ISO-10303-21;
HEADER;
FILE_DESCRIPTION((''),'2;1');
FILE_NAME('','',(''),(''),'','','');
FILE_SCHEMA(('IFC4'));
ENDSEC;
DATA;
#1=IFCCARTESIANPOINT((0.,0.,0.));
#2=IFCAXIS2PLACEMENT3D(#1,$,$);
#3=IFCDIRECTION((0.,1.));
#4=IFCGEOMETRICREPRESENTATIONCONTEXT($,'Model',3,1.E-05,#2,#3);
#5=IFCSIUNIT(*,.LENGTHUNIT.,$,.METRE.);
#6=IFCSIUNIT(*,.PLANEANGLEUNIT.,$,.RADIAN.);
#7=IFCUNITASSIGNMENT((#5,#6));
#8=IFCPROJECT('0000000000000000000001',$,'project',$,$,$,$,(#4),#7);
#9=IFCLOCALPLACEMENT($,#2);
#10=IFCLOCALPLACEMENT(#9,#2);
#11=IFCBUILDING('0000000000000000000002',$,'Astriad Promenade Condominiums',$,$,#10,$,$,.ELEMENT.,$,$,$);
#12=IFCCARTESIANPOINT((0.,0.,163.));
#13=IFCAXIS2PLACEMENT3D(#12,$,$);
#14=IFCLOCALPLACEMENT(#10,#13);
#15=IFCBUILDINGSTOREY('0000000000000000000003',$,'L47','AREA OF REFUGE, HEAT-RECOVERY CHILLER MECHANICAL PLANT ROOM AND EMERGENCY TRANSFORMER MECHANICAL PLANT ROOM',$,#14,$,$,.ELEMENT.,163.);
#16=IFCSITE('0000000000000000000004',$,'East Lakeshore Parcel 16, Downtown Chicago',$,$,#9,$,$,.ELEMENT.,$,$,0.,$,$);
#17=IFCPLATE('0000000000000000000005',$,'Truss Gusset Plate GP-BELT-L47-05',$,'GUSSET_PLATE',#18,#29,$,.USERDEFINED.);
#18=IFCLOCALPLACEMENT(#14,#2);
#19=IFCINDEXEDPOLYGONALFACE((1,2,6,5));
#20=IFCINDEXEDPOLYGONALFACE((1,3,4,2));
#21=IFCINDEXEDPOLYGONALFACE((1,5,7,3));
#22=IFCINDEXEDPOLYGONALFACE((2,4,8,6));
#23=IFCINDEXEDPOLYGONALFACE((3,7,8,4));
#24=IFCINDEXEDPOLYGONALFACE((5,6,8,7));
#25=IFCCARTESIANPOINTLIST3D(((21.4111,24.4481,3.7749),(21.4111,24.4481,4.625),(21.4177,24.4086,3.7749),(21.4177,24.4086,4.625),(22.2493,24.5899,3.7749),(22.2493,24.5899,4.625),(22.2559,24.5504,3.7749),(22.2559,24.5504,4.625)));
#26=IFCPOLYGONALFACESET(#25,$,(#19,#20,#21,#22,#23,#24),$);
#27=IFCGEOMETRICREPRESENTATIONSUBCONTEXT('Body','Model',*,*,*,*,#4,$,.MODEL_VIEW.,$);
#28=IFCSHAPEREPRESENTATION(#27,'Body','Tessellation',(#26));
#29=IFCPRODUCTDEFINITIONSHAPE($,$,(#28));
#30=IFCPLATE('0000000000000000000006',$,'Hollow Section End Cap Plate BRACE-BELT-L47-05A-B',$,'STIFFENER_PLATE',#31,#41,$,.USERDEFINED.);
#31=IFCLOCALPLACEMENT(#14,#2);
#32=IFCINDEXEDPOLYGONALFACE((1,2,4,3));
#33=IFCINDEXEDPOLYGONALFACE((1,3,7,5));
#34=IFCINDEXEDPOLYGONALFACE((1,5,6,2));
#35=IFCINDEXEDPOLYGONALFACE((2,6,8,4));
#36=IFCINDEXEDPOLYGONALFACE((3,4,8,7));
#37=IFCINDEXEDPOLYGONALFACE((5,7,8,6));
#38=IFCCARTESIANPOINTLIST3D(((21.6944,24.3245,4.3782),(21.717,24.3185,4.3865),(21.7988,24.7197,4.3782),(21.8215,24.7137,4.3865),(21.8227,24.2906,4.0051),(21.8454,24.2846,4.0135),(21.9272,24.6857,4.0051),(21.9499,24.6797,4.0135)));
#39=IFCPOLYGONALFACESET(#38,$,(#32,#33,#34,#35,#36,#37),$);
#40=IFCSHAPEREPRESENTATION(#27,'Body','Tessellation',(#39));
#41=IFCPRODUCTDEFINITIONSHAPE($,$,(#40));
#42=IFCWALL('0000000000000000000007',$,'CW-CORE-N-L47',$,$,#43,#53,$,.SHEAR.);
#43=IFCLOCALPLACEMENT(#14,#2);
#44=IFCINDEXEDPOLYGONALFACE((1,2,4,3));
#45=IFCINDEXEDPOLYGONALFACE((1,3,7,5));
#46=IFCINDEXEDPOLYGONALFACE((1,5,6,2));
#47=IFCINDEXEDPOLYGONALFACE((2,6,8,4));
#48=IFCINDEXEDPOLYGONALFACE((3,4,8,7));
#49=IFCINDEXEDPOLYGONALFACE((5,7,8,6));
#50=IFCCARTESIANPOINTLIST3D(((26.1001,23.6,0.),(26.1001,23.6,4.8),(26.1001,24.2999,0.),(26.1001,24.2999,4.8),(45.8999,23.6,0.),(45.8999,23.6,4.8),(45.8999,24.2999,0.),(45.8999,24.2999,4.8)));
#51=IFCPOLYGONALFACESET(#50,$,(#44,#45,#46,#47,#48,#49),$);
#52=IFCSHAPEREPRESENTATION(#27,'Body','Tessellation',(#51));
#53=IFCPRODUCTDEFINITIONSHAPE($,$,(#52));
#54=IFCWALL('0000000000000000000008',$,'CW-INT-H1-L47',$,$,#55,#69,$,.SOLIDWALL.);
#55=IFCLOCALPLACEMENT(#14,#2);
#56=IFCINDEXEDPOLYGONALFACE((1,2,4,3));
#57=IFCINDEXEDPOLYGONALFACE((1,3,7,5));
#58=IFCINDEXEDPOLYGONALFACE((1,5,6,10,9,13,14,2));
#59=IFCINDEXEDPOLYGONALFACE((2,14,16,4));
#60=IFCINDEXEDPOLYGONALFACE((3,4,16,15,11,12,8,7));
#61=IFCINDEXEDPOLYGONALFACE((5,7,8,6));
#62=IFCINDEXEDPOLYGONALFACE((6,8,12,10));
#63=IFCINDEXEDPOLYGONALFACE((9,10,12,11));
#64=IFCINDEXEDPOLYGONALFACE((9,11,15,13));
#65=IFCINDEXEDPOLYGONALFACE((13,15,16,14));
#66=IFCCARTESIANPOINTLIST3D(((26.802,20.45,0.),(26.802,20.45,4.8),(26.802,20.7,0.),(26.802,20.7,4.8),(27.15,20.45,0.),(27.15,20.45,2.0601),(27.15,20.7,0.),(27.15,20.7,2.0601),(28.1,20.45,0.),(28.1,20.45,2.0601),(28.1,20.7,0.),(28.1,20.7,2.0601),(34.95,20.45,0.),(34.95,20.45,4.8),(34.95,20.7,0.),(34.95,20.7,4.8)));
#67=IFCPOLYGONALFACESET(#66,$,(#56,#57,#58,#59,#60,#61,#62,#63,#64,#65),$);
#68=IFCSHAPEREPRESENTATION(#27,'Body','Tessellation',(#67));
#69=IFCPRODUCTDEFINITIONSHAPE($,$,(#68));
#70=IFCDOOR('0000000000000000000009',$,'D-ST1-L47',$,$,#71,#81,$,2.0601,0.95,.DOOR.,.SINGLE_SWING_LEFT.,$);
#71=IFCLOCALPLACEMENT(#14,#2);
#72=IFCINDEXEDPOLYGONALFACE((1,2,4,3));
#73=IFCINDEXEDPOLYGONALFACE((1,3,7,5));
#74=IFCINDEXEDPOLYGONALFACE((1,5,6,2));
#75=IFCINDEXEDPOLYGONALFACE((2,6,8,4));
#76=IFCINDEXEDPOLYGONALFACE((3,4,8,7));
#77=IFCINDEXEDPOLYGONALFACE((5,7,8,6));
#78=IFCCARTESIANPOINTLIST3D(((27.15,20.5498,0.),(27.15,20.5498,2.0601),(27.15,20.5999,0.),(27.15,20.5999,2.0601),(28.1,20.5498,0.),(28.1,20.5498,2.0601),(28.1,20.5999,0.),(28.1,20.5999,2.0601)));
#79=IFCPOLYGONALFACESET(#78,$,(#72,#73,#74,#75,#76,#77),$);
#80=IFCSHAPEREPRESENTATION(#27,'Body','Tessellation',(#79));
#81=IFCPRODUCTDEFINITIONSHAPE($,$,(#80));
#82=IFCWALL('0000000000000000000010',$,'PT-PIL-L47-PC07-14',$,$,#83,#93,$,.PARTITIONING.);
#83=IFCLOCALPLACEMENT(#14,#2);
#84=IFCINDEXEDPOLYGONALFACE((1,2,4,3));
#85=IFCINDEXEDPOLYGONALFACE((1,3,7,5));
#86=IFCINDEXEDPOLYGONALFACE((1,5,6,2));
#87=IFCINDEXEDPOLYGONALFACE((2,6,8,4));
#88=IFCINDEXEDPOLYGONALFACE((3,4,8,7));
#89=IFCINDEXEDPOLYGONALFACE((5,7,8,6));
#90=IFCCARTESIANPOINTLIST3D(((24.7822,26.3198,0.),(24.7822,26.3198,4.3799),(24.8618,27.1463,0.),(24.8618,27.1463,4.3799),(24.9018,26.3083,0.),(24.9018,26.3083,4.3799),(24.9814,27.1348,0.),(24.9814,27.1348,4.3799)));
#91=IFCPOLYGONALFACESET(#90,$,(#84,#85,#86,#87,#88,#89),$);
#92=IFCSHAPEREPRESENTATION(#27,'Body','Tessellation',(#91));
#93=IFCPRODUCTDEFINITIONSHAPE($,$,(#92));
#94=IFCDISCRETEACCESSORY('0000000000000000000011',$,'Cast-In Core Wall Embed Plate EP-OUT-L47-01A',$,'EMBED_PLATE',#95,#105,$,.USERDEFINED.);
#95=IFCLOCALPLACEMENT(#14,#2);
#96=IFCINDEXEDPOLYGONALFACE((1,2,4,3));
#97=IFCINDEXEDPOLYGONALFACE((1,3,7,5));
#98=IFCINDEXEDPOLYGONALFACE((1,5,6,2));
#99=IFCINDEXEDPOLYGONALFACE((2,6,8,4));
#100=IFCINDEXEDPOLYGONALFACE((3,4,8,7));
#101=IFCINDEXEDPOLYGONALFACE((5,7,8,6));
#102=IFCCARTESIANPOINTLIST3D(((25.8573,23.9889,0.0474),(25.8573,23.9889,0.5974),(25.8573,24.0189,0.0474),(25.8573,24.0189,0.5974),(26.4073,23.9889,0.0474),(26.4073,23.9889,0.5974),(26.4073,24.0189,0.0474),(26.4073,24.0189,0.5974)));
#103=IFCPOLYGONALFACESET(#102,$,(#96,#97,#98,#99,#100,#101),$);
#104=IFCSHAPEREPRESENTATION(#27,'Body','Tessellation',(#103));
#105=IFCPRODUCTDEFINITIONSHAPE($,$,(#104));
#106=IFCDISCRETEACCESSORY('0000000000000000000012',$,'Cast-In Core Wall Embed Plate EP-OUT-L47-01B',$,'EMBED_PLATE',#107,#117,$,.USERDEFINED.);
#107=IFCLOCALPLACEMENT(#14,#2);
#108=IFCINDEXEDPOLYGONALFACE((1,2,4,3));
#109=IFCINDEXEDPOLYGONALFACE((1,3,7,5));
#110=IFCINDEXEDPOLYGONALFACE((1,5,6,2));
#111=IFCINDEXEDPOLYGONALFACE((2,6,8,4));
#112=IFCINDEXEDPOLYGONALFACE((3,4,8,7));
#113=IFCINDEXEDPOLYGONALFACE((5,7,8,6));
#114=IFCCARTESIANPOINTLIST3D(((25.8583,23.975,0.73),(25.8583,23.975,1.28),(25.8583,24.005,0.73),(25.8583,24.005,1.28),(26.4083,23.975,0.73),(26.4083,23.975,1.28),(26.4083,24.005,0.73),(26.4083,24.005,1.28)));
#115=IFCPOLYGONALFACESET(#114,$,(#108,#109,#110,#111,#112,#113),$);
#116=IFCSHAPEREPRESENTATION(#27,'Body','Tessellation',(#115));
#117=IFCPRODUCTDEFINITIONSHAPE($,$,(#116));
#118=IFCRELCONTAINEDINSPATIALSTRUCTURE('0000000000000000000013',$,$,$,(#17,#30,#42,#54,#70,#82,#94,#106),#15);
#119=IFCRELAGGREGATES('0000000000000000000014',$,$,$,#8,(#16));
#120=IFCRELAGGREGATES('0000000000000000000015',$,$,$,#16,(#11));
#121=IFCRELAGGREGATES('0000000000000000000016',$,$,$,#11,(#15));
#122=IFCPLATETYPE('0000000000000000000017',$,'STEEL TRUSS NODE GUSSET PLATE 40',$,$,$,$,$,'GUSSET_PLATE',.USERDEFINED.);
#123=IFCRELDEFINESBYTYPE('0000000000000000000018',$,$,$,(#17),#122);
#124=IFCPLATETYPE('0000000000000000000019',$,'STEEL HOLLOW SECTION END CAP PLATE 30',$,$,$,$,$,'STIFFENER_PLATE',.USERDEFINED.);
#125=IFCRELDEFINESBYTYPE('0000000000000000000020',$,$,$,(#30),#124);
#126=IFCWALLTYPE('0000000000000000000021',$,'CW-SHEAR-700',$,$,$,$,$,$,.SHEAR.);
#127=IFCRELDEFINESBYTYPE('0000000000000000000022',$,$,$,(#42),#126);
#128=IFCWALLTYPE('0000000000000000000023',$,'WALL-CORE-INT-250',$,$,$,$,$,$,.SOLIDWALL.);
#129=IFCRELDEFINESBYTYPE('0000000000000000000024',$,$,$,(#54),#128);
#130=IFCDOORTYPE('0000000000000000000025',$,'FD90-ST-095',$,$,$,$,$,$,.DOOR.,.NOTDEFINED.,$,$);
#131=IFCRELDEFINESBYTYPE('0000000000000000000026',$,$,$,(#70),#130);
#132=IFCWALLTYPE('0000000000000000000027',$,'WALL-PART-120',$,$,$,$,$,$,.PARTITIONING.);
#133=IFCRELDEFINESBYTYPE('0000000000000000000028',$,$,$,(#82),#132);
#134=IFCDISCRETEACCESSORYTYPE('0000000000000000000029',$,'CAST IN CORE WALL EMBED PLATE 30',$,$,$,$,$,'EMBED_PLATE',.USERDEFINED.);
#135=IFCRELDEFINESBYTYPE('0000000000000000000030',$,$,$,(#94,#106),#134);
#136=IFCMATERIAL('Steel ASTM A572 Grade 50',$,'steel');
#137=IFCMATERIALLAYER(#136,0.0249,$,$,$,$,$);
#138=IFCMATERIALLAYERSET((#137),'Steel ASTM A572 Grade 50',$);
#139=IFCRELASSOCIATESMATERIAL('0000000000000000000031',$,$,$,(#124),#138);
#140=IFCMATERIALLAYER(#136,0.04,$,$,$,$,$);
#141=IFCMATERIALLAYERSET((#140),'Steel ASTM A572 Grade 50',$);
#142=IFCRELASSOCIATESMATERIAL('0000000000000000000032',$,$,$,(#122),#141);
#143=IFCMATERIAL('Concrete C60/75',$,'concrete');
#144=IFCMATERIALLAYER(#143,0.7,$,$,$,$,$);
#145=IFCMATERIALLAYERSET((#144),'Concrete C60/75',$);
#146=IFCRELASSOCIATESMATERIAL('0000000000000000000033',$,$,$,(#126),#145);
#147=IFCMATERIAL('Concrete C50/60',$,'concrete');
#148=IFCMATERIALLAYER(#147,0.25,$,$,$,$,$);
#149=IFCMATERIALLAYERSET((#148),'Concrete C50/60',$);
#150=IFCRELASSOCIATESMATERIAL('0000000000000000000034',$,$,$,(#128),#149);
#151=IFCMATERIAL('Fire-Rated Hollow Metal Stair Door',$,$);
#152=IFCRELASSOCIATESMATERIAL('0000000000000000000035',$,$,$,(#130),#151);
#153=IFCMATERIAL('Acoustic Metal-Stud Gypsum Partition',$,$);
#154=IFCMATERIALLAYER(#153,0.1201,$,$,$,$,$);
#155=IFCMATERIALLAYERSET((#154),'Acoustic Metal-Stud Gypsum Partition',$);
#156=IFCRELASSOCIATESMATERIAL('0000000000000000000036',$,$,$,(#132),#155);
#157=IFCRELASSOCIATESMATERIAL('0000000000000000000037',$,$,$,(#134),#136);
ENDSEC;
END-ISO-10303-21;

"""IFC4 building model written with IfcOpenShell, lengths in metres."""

from ifc_helpers import new_model, si_unit, direction, frame, frame_2d, origin, origin_2d, place, context, subcontext, project, spatial, rectangle, extrude, source, transform, mapped, material, layer, layer_set, type_object, type_shapes, element, fill, save


model = new_model("IFC4")

# Units and contexts
model_context = context("Model", 3, precision=1e-05, world=origin(), true_north=direction((0.0, 1.0)))
body_context = subcontext(model_context, "Body", "Model", "MODEL_VIEW")
ifc_project = project(units=[si_unit("LENGTHUNIT", "METRE"), si_unit("PLANEANGLEUNIT", "RADIAN")], contexts=[model_context])

# Site, building, storey
site_placement = place(None, origin())
site = spatial("IfcSite", under=ifc_project, at=site_placement, Name="East Lakeshore Parcel 16, Downtown Chicago", CompositionType="ELEMENT", RefElevation=0.0)
building_placement = place(site_placement, origin())
building = spatial("IfcBuilding", under=site, at=building_placement, Name="Astriad Promenade Condominiums", CompositionType="ELEMENT")
storey_placement = place(building_placement, frame((0.0, 0.0, 163.0)))
storey = spatial("IfcBuildingStorey", under=building, at=storey_placement, Name="L47", Description="AREA OF REFUGE, HEAT-RECOVERY CHILLER MECHANICAL PLANT ROOM AND EMERGENCY TRANSFORMER MECHANICAL PLANT ROOM", CompositionType="ELEMENT", Elevation=163.0)

# Plates
ifc_material_1 = material(Name="Steel ASTM A572 Grade 50", Category="steel")
ifc_layer_1 = layer(ifc_material_1, 0.0249)
ifc_layer_set_1 = layer_set([ifc_layer_1], Name="Steel ASTM A572 Grade 50")
plate_type_1 = type_object("IfcPlateType", Name="STEEL HOLLOW SECTION END CAP PLATE 30", ElementType="STIFFENER_PLATE", PredefinedType="USERDEFINED", material=ifc_layer_set_1)
ifc_layer_2 = layer(ifc_material_1, 0.04)
ifc_layer_set_2 = layer_set([ifc_layer_2], Name="Steel ASTM A572 Grade 50")
plate_type_2 = type_object("IfcPlateType", Name="STEEL TRUSS NODE GUSSET PLATE 40", ElementType="GUSSET_PLATE", PredefinedType="USERDEFINED", material=ifc_layer_set_2)
shared_shape_1 = source(origin(), body_context, "Body", "SweptSolid", [
    extrude(rectangle(XDim=0.8501, YDim=0.04, at=origin_2d()), origin(), (0.0, 0.0, 1.0), 0.8501),
])
type_shapes(plate_type_2, [shared_shape_1])
plate_1_placement = place(storey_placement, frame((21.8335, 24.4993, 3.7749), z_axis=(0.0, 0.0, 1.0), x_axis=(0.985996, 0.166769, 0.0)))
element("IfcPlate", 1, at=plate_1_placement, inside=storey, type_object=plate_type_2, Name="Truss Gusset Plate GP-BELT-L47-05", ObjectType="GUSSET_PLATE", PredefinedType="USERDEFINED", context=body_context, shape_type="MappedRepresentation", body=[
    mapped(shared_shape_1, transform((0.0, 0.0, 0.0), scale=1.0)),
])
shared_shape_2 = source(origin(), body_context, "Body", "SweptSolid", [
    extrude(rectangle(XDim=0.4087, YDim=0.396, at=origin_2d()), origin(), (0.0, 0.0, 1.0), 0.0249),
])
plate_2_placement = place(storey_placement, frame((21.8108, 24.5051, 4.1917), z_axis=(0.9108, -0.240825, 0.335332), x_axis=(0.255625, 0.966776, 0.0)))
element("IfcPlate", 2, at=plate_2_placement, inside=storey, type_object=plate_type_1, Name="Hollow Section End Cap Plate BRACE-BELT-L47-05A-B", ObjectType="STIFFENER_PLATE", PredefinedType="USERDEFINED", context=body_context, shape_type="MappedRepresentation", body=[
    mapped(shared_shape_2, transform((0.0, 0.0, 0.0), scale=1.0)),
])

# Wall
ifc_material_2 = material(Name="Concrete C60/75", Category="concrete")
ifc_layer_3 = layer(ifc_material_2, 0.7)
ifc_layer_set_3 = layer_set([ifc_layer_3], Name="Concrete C60/75")
wall_type_1 = type_object("IfcWallType", Name="CW-SHEAR-700", PredefinedType="SHEAR", material=ifc_layer_set_3)
wall_1_placement = place(storey_placement, frame((26.1001, 23.95, 0.0), z_axis=(0.0, 0.0, 1.0), x_axis=(1.0, 0.0, 0.0)))
element("IfcWall", 3, at=wall_1_placement, inside=storey, type_object=wall_type_1, Name="CW-CORE-N-L47", PredefinedType="SHEAR", context=body_context, shape_type="SweptSolid", body=[
    extrude(rectangle(XDim=19.7998, YDim=0.7, at=frame_2d((9.8999, 0.0))), origin(), (0.0, 0.0, 1.0), 4.8),
])

# Wall, opening, door
ifc_material_3 = material(Name="Concrete C50/60", Category="concrete")
ifc_layer_4 = layer(ifc_material_3, 0.25)
ifc_layer_set_4 = layer_set([ifc_layer_4], Name="Concrete C50/60")
wall_type_2 = type_object("IfcWallType", Name="WALL-CORE-INT-250", PredefinedType="SOLIDWALL", material=ifc_layer_set_4)
wall_2_placement = place(storey_placement, frame((26.802, 20.575, 0.0), z_axis=(0.0, 0.0, 1.0), x_axis=(1.0, 0.0, 0.0)))
wall_2 = element("IfcWall", 4, at=wall_2_placement, inside=storey, type_object=wall_type_2, Name="CW-INT-H1-L47", PredefinedType="SOLIDWALL", context=body_context, shape_type="SweptSolid", body=[
    extrude(rectangle(XDim=8.1479, YDim=0.25, at=frame_2d((4.074, 0.0))), origin(), (0.0, 0.0, 1.0), 4.8),
])
opening_placement = place(wall_2_placement, frame((0.3479, 0.0, 0.0)))
opening = element("IfcOpeningElement", 5, at=opening_placement, cuts=wall_2, PredefinedType="OPENING", context=body_context, shape_type="SweptSolid", body=[
    extrude(rectangle(XDim=0.95, YDim=2.0601, at=frame_2d((0.4751, 1.03))), frame((0.0, 0.135, 0.0), z_axis=(0.0, -1.0, 0.0), x_axis=(1.0, 0.0, 0.0)), (0.0, 0.0, 1.0), 0.27),
])
ifc_material_4 = material(Name="Fire-Rated Hollow Metal Stair Door")
door_type = type_object("IfcDoorType", Name="FD90-ST-095", OperationType="NOTDEFINED", PredefinedType="DOOR", material=ifc_material_4)
shared_shape_3 = source(origin(), body_context, "Body", "SweptSolid", [
    extrude(rectangle(XDim=0.95, YDim=2.0601, at=frame_2d((0.4751, 1.03))), frame((0.0, 0.0249, 0.0), z_axis=(0.0, -1.0, 0.0), x_axis=(1.0, 0.0, 0.0)), (0.0, 0.0, 1.0), 0.05),
])
type_shapes(door_type, [shared_shape_3])
door_placement = place(opening_placement, origin())
door = element("IfcDoor", 6, at=door_placement, inside=storey, type_object=door_type, Name="D-ST1-L47", OperationType="SINGLE_SWING_LEFT", OverallHeight=2.0601, OverallWidth=0.95, PredefinedType="DOOR", context=body_context, shape_type="MappedRepresentation", body=[
    mapped(shared_shape_3, transform((0.0, 0.0, 0.0), scale=1.0)),
])
fill(opening, door)

# Wall
ifc_material_5 = material(Name="Acoustic Metal-Stud Gypsum Partition")
ifc_layer_5 = layer(ifc_material_5, 0.1201)
ifc_layer_set_5 = layer_set([ifc_layer_5], Name="Acoustic Metal-Stud Gypsum Partition")
wall_type_3 = type_object("IfcWallType", Name="WALL-PART-120", PredefinedType="PARTITIONING", material=ifc_layer_set_5)
wall_3_placement = place(storey_placement, frame((24.842, 26.3142, 0.0), z_axis=(0.0, 0.0, 1.0), x_axis=(0.095864, 0.995394, 0.0)))
element("IfcWall", 7, at=wall_3_placement, inside=storey, type_object=wall_type_3, Name="PT-PIL-L47-PC07-14", PredefinedType="PARTITIONING", context=body_context, shape_type="SweptSolid", body=[
    extrude(rectangle(XDim=0.8303, YDim=0.1201, at=frame_2d((0.415, 0.0))), origin(), (0.0, 0.0, 1.0), 4.3799),
])

# Discrete accessories
discrete_accessory_type = type_object("IfcDiscreteAccessoryType", Name="CAST IN CORE WALL EMBED PLATE 30", ElementType="EMBED_PLATE", PredefinedType="USERDEFINED", material=ifc_material_1)
shared_shape_4 = source(origin(), body_context, "Body", "SweptSolid", [
    extrude(rectangle(XDim=0.55, YDim=0.03, at=origin_2d()), origin(), (0.0, 0.0, 1.0), 0.55),
])
type_shapes(discrete_accessory_type, [shared_shape_4])
for number, where, z_axis, x_axis, name in (
    (8, (26.1323, 24.0039, 0.0474), (0.0, 0.0, 1.0), (1.0, 0.0, 0.0), "Cast-In Core Wall Embed Plate EP-OUT-L47-01A"),
    (9, (26.1333, 23.99, 0.73), (0.0, 0.0, 1.0), (1.0, 0.0, 0.0), "Cast-In Core Wall Embed Plate EP-OUT-L47-01B"),
):
    element("IfcDiscreteAccessory", number, at=place(storey_placement, frame(where, z_axis=z_axis, x_axis=x_axis)), inside=storey, type_object=discrete_accessory_type, Name=name, ObjectType="EMBED_PLATE", PredefinedType="USERDEFINED", context=body_context, shape_type="MappedRepresentation", body=[
        mapped(shared_shape_4, transform((0.0, 0.0, 0.0), scale=1.0)),
    ])

save(model, "model.ifc")
